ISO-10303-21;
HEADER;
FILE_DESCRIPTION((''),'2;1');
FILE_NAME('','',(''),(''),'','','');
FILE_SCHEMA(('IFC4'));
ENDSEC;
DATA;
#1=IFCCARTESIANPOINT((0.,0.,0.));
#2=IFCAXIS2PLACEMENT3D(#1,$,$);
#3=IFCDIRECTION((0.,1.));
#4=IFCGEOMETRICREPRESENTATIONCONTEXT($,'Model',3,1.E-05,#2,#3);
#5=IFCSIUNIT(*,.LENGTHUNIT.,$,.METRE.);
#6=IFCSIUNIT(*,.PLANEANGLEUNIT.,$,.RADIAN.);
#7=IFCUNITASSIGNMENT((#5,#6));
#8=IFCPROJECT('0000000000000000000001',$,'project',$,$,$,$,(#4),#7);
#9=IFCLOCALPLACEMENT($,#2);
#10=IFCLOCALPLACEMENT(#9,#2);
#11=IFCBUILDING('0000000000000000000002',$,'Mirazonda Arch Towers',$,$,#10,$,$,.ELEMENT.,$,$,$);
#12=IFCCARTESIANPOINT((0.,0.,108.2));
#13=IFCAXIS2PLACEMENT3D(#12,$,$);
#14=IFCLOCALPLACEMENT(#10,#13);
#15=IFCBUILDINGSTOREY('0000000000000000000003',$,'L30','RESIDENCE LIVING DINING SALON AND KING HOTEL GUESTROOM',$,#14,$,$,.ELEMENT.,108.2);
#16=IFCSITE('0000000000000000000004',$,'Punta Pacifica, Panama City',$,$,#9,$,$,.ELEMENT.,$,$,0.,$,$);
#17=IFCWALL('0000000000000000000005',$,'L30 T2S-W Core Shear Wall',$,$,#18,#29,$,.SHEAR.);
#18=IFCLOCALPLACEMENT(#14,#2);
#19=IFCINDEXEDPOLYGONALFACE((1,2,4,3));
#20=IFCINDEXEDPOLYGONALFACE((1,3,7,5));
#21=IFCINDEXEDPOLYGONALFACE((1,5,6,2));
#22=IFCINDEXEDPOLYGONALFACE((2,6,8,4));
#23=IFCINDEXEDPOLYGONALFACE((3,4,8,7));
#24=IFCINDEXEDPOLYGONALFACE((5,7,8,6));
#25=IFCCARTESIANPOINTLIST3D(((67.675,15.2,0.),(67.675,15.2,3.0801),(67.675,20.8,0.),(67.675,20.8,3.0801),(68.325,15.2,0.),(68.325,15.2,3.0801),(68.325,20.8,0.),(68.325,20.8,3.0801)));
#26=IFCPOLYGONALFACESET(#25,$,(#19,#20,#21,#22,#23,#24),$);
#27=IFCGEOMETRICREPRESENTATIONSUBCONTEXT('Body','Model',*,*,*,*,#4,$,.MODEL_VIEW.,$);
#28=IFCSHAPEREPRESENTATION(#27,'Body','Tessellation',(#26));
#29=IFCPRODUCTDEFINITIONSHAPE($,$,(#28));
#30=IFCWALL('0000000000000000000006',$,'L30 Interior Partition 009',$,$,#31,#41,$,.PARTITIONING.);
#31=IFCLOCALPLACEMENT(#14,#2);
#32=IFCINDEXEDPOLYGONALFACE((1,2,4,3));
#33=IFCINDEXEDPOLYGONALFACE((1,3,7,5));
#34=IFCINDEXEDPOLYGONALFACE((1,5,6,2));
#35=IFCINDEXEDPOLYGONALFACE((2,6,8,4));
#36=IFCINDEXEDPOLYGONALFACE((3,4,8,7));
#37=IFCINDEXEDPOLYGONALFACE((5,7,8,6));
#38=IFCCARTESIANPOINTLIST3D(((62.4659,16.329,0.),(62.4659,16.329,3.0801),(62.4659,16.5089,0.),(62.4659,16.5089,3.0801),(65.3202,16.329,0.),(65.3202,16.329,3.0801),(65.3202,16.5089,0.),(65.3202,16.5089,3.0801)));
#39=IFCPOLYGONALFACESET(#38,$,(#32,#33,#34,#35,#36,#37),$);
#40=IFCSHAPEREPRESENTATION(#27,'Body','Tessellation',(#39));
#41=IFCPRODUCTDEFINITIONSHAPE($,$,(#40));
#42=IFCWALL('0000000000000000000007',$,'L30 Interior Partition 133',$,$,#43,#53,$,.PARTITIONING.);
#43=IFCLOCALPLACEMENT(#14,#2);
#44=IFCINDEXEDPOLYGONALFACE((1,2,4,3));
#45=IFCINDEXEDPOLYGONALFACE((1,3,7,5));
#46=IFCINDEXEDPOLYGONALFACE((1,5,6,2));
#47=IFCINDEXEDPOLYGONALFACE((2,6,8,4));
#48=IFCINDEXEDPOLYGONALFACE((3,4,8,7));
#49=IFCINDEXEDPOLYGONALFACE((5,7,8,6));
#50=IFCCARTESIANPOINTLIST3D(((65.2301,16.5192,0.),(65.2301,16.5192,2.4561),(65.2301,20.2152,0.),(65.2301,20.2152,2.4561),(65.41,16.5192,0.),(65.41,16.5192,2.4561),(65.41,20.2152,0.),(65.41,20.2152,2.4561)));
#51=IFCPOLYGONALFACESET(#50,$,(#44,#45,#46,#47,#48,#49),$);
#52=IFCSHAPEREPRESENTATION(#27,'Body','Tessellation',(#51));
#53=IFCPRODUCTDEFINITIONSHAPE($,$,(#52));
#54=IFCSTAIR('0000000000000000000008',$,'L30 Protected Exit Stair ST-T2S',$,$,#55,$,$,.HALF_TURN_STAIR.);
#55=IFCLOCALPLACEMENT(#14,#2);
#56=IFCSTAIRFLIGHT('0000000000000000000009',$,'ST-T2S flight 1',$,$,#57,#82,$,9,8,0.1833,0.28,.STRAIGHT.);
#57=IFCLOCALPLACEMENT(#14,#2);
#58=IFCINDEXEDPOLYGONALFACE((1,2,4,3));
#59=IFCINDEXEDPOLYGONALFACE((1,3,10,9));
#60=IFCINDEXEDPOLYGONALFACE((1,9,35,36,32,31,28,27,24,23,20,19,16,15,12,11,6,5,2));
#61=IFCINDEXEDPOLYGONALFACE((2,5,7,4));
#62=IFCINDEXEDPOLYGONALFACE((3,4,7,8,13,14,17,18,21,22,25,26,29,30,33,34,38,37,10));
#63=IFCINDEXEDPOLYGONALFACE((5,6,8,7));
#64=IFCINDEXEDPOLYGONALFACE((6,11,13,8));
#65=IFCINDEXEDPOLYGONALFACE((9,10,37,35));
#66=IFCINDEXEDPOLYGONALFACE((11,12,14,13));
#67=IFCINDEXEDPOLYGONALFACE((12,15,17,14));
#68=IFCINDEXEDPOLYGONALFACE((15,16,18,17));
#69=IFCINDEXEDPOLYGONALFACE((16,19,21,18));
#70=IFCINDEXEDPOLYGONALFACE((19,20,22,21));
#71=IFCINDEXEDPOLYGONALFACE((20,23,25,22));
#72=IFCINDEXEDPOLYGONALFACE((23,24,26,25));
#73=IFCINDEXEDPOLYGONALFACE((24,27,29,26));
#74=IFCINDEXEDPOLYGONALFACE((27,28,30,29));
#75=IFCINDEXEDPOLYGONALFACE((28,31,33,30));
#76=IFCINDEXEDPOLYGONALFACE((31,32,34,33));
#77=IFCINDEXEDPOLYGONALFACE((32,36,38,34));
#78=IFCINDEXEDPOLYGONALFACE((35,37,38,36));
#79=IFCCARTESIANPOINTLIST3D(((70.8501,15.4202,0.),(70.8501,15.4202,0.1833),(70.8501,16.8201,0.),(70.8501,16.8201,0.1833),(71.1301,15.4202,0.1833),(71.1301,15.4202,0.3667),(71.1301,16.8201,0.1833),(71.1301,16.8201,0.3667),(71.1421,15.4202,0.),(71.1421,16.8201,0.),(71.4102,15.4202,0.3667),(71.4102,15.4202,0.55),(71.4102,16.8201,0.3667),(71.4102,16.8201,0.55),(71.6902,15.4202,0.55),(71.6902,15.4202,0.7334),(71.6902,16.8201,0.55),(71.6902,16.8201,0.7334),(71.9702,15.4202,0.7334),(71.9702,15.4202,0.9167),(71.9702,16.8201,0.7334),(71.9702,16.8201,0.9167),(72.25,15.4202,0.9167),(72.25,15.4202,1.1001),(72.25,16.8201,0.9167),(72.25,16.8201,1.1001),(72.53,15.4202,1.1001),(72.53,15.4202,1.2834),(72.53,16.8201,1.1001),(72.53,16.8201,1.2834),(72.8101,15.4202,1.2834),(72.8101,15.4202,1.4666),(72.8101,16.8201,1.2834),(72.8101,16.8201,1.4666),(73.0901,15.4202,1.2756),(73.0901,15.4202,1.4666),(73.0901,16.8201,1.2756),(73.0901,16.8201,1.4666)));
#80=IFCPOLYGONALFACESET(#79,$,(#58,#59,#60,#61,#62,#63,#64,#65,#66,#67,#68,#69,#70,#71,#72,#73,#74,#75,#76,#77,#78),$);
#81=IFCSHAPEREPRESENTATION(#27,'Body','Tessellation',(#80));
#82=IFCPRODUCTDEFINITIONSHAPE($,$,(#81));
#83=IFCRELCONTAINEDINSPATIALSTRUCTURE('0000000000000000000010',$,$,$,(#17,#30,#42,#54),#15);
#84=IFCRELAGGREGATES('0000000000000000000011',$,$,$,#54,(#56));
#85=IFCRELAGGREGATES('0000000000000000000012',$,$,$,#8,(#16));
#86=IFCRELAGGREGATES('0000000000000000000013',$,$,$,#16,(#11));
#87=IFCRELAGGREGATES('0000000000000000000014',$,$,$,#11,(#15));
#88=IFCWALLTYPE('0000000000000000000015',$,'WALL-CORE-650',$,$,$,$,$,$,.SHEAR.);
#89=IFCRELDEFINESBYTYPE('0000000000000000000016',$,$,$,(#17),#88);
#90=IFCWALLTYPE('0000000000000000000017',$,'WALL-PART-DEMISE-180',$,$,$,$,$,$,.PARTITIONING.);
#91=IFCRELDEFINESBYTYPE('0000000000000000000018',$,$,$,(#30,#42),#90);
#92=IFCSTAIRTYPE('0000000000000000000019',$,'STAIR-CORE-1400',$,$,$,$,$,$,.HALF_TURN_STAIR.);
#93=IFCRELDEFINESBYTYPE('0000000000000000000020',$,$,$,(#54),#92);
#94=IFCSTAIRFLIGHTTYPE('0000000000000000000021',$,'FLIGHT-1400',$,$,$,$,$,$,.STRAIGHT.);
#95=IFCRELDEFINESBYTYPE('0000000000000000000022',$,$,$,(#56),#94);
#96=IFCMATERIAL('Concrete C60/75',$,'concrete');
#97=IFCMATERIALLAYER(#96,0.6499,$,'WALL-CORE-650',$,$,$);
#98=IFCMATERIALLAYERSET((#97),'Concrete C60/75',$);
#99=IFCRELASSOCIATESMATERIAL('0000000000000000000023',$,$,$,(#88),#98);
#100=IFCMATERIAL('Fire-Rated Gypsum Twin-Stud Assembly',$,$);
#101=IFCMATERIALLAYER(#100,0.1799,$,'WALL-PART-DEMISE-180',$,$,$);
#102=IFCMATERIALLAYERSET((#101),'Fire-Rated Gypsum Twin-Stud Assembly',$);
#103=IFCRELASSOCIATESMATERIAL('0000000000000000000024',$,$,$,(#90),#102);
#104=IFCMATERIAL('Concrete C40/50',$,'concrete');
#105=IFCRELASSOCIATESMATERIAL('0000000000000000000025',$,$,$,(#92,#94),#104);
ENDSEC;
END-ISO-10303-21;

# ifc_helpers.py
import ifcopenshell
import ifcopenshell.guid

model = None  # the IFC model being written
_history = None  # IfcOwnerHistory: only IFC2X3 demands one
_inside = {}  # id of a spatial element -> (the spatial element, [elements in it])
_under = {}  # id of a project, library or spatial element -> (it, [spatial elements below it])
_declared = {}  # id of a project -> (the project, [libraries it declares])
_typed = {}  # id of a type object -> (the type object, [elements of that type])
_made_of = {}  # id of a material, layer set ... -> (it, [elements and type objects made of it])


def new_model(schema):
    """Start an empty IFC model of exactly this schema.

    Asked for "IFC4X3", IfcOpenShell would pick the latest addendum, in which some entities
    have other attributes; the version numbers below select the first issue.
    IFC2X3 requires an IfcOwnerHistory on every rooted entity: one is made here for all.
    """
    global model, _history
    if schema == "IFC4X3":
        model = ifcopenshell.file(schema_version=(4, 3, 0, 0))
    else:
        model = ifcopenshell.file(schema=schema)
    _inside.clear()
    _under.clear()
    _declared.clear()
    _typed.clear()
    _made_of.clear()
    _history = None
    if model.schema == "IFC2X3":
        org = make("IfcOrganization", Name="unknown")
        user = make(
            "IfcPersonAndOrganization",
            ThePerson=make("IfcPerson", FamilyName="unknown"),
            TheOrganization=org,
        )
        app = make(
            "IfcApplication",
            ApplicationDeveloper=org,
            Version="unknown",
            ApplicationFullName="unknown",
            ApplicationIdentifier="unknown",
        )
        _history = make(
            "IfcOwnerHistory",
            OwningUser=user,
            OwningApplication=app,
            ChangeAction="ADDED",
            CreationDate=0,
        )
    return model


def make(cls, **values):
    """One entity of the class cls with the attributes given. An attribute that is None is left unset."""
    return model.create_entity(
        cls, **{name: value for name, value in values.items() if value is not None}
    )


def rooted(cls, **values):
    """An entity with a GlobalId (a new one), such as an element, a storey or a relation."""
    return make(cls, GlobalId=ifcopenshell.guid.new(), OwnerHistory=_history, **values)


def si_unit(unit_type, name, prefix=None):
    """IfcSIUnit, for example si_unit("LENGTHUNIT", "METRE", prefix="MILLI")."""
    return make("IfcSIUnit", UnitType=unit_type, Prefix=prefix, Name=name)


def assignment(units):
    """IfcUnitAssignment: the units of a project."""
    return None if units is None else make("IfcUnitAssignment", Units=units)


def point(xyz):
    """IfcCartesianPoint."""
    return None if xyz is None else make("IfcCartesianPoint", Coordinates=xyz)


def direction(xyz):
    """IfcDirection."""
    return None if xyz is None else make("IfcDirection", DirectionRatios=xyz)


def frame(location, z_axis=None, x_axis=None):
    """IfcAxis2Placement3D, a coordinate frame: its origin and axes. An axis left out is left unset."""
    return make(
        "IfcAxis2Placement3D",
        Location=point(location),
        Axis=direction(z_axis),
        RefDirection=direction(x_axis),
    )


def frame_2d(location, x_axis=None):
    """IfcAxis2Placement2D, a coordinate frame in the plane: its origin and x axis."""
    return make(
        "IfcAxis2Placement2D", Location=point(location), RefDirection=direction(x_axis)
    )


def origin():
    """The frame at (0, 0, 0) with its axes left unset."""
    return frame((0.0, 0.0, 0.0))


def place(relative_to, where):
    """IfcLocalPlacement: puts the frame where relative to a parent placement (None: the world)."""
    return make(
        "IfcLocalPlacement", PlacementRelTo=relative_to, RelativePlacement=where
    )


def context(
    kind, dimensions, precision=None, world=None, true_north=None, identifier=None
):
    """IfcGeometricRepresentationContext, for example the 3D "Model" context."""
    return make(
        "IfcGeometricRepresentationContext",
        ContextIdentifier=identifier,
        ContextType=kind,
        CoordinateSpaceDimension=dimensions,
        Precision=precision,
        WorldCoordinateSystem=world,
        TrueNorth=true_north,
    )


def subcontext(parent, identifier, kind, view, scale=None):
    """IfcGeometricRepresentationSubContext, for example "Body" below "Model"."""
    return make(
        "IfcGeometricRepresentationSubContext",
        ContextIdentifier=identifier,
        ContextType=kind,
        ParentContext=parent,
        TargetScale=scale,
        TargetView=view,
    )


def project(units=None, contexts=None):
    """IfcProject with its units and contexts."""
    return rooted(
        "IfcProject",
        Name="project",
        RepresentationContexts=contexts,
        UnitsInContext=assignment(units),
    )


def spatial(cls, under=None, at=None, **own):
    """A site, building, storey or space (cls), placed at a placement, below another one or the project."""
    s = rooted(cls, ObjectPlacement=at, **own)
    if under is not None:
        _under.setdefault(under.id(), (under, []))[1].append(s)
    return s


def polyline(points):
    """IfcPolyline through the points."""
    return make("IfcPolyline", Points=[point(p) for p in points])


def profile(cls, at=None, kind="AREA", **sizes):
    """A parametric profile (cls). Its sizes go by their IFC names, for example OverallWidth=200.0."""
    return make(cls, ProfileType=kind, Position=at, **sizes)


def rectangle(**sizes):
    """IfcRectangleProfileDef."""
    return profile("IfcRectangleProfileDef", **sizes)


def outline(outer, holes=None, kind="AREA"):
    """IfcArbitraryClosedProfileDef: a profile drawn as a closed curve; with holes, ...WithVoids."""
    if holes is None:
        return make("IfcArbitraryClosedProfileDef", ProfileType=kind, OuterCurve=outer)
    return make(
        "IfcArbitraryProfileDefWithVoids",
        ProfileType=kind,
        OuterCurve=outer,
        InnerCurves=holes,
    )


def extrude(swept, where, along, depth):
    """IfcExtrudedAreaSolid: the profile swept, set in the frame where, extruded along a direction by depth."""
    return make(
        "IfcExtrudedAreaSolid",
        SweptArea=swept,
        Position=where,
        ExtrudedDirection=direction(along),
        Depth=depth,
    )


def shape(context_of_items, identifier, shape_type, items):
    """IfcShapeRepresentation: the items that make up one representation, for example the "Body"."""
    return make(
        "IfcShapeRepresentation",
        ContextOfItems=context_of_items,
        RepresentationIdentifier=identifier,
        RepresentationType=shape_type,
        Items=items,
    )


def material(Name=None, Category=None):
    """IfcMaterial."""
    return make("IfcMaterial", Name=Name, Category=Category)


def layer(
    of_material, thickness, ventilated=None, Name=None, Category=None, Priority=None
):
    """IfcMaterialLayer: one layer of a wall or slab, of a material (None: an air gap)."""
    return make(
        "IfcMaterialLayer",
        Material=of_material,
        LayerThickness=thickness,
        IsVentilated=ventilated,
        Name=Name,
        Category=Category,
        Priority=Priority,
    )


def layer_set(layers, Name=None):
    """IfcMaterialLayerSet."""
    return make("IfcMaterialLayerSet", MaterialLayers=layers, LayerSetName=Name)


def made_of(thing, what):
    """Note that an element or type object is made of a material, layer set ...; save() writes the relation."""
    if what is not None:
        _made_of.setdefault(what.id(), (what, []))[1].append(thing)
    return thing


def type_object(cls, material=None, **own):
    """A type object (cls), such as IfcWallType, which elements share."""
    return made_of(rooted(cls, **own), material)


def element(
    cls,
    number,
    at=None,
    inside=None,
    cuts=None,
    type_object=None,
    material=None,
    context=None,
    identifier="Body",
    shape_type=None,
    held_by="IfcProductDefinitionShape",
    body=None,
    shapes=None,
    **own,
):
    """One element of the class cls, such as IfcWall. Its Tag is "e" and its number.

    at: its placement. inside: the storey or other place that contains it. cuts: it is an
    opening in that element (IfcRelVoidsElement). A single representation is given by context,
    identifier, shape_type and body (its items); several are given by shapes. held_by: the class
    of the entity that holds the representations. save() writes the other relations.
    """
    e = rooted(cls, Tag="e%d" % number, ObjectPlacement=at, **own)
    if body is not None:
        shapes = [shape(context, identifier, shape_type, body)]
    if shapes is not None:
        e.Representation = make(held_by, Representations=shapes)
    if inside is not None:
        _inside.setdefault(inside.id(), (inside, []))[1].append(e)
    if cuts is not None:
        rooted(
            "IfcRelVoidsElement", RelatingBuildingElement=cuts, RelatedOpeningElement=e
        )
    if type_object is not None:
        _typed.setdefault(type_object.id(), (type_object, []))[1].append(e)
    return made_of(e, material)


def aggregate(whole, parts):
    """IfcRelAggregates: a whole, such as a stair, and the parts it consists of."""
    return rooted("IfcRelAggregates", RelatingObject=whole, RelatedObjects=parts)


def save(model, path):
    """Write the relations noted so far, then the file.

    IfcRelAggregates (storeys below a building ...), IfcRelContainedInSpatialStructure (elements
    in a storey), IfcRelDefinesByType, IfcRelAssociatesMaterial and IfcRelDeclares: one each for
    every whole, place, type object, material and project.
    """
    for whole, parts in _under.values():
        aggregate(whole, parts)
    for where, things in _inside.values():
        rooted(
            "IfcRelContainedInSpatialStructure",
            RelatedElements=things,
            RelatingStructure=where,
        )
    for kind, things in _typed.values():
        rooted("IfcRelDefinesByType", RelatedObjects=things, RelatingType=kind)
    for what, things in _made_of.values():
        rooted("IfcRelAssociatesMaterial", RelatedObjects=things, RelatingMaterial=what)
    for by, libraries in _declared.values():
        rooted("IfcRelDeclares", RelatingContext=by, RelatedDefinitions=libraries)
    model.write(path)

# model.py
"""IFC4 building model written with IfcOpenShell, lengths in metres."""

from ifc_helpers import new_model, si_unit, direction, frame, frame_2d, origin, place, context, subcontext, project, spatial, polyline, rectangle, outline, extrude, material, layer, layer_set, type_object, element, aggregate, save


model = new_model("IFC4")

# Units and contexts
model_context = context("Model", 3, precision=1e-05, world=origin(), true_north=direction((0.0, 1.0)))
body_context = subcontext(model_context, "Body", "Model", "MODEL_VIEW")
ifc_project = project(units=[si_unit("LENGTHUNIT", "METRE"), si_unit("PLANEANGLEUNIT", "RADIAN")], contexts=[model_context])

# Site, building, storey
site_placement = place(None, origin())
site = spatial("IfcSite", under=ifc_project, at=site_placement, Name="Punta Pacifica, Panama City", CompositionType="ELEMENT", RefElevation=0.0)
building_placement = place(site_placement, origin())
building = spatial("IfcBuilding", under=site, at=building_placement, Name="Mirazonda Arch Towers", CompositionType="ELEMENT")
storey_placement = place(building_placement, frame((0.0, 0.0, 108.2)))
storey = spatial("IfcBuildingStorey", under=building, at=storey_placement, Name="L30", Description="RESIDENCE LIVING DINING SALON AND KING HOTEL GUESTROOM", CompositionType="ELEMENT", Elevation=108.2)

# Shared definitions
ifc_material_1 = material(Name="Concrete C60/75", Category="concrete")

# Walls
ifc_layer_1 = layer(ifc_material_1, 0.6499, Name="WALL-CORE-650")
ifc_layer_set_1 = layer_set([ifc_layer_1], Name="Concrete C60/75")
wall_type_1 = type_object("IfcWallType", Name="WALL-CORE-650", PredefinedType="SHEAR", material=ifc_layer_set_1)
wall_1_placement = place(storey_placement, frame((68.0, 15.2, 0.0), z_axis=(0.0, 0.0, 1.0), x_axis=(0.0, 1.0, 0.0)))
element("IfcWall", 1, at=wall_1_placement, inside=storey, type_object=wall_type_1, Name="L30 T2S-W Core Shear Wall", PredefinedType="SHEAR", context=body_context, shape_type="SweptSolid", body=[
    extrude(rectangle(XDim=5.6001, YDim=0.6499, at=frame_2d((2.8, 0.0))), origin(), (0.0, 0.0, 1.0), 3.0801),
])
ifc_material_2 = material(Name="Fire-Rated Gypsum Twin-Stud Assembly")
ifc_layer_2 = layer(ifc_material_2, 0.1799, Name="WALL-PART-DEMISE-180")
ifc_layer_set_2 = layer_set([ifc_layer_2], Name="Fire-Rated Gypsum Twin-Stud Assembly")
wall_type_2 = type_object("IfcWallType", Name="WALL-PART-DEMISE-180", PredefinedType="PARTITIONING", material=ifc_layer_set_2)
wall_2_placement = place(storey_placement, frame((62.4658, 16.4189, 0.0), z_axis=(0.0, 0.0, 1.0), x_axis=(1.0, 0.0, 0.0)))
element("IfcWall", 2, at=wall_2_placement, inside=storey, type_object=wall_type_2, Name="L30 Interior Partition 009", PredefinedType="PARTITIONING", context=body_context, shape_type="SweptSolid", body=[
    extrude(rectangle(XDim=2.8542, YDim=0.1799, at=frame_2d((1.4272, 0.0))), origin(), (0.0, 0.0, 1.0), 3.0801),
])
wall_3_placement = place(storey_placement, frame((65.3201, 16.519, 0.0), z_axis=(0.0, 0.0, 1.0), x_axis=(0.0, 1.0, 0.0)))
element("IfcWall", 3, at=wall_3_placement, inside=storey, type_object=wall_type_2, Name="L30 Interior Partition 133", PredefinedType="PARTITIONING", context=body_context, shape_type="SweptSolid", body=[
    extrude(rectangle(XDim=3.696, YDim=0.1799, at=frame_2d((1.8481, 0.0))), origin(), (0.0, 0.0, 1.0), 2.4561),
])

# Stair, stair flight
ifc_material_3 = material(Name="Concrete C40/50", Category="concrete")
stair_type = type_object("IfcStairType", Name="STAIR-CORE-1400", PredefinedType="HALF_TURN_STAIR", material=ifc_material_3)
stair_placement = place(storey_placement, origin())
stair = element("IfcStair", 4, at=stair_placement, inside=storey, type_object=stair_type, Name="L30 Protected Exit Stair ST-T2S", PredefinedType="HALF_TURN_STAIR")
stair_flight_type = type_object("IfcStairFlightType", Name="FLIGHT-1400", PredefinedType="STRAIGHT", material=ifc_material_3)
stair_flight_placement = place(storey_placement, frame((70.8501, 16.1201, 0.0), z_axis=(0.0, 0.0, 1.0), x_axis=(1.0, 0.0, 0.0)))
stair_flight = element("IfcStairFlight", 5, at=stair_flight_placement, type_object=stair_flight_type, Name="ST-T2S flight 1", NumberOfRisers=9, NumberOfTreads=8, PredefinedType="STRAIGHT", RiserHeight=0.1833, TreadLength=0.28, context=body_context, shape_type="SweptSolid", body=[
    extrude(outline(polyline([(0.0, 0.0), (0.0, 0.1833), (0.28, 0.1833), (0.28, 0.3667), (0.5601, 0.3667), (0.5601, 0.55), (0.8401, 0.55), (0.8401, 0.7334), (1.1201, 0.7334), (1.1201, 0.9167), (1.3999, 0.9167), (1.3999, 1.1001), (1.6799, 1.1001), (1.6799, 1.2834), (1.96, 1.2834), (1.96, 1.4666), (2.24, 1.4666), (2.24, 1.6499), (2.24, 1.2756), (0.292, 0.0), (0.0, 0.0)])), frame((0.0, 0.7, 0.0), z_axis=(0.0, -1.0, 0.0), x_axis=(1.0, 0.0, 0.0)), (0.0, 0.0, 1.0), 1.3999),
])
aggregate(stair, [stair_flight])

save(model, "model.ifc")
